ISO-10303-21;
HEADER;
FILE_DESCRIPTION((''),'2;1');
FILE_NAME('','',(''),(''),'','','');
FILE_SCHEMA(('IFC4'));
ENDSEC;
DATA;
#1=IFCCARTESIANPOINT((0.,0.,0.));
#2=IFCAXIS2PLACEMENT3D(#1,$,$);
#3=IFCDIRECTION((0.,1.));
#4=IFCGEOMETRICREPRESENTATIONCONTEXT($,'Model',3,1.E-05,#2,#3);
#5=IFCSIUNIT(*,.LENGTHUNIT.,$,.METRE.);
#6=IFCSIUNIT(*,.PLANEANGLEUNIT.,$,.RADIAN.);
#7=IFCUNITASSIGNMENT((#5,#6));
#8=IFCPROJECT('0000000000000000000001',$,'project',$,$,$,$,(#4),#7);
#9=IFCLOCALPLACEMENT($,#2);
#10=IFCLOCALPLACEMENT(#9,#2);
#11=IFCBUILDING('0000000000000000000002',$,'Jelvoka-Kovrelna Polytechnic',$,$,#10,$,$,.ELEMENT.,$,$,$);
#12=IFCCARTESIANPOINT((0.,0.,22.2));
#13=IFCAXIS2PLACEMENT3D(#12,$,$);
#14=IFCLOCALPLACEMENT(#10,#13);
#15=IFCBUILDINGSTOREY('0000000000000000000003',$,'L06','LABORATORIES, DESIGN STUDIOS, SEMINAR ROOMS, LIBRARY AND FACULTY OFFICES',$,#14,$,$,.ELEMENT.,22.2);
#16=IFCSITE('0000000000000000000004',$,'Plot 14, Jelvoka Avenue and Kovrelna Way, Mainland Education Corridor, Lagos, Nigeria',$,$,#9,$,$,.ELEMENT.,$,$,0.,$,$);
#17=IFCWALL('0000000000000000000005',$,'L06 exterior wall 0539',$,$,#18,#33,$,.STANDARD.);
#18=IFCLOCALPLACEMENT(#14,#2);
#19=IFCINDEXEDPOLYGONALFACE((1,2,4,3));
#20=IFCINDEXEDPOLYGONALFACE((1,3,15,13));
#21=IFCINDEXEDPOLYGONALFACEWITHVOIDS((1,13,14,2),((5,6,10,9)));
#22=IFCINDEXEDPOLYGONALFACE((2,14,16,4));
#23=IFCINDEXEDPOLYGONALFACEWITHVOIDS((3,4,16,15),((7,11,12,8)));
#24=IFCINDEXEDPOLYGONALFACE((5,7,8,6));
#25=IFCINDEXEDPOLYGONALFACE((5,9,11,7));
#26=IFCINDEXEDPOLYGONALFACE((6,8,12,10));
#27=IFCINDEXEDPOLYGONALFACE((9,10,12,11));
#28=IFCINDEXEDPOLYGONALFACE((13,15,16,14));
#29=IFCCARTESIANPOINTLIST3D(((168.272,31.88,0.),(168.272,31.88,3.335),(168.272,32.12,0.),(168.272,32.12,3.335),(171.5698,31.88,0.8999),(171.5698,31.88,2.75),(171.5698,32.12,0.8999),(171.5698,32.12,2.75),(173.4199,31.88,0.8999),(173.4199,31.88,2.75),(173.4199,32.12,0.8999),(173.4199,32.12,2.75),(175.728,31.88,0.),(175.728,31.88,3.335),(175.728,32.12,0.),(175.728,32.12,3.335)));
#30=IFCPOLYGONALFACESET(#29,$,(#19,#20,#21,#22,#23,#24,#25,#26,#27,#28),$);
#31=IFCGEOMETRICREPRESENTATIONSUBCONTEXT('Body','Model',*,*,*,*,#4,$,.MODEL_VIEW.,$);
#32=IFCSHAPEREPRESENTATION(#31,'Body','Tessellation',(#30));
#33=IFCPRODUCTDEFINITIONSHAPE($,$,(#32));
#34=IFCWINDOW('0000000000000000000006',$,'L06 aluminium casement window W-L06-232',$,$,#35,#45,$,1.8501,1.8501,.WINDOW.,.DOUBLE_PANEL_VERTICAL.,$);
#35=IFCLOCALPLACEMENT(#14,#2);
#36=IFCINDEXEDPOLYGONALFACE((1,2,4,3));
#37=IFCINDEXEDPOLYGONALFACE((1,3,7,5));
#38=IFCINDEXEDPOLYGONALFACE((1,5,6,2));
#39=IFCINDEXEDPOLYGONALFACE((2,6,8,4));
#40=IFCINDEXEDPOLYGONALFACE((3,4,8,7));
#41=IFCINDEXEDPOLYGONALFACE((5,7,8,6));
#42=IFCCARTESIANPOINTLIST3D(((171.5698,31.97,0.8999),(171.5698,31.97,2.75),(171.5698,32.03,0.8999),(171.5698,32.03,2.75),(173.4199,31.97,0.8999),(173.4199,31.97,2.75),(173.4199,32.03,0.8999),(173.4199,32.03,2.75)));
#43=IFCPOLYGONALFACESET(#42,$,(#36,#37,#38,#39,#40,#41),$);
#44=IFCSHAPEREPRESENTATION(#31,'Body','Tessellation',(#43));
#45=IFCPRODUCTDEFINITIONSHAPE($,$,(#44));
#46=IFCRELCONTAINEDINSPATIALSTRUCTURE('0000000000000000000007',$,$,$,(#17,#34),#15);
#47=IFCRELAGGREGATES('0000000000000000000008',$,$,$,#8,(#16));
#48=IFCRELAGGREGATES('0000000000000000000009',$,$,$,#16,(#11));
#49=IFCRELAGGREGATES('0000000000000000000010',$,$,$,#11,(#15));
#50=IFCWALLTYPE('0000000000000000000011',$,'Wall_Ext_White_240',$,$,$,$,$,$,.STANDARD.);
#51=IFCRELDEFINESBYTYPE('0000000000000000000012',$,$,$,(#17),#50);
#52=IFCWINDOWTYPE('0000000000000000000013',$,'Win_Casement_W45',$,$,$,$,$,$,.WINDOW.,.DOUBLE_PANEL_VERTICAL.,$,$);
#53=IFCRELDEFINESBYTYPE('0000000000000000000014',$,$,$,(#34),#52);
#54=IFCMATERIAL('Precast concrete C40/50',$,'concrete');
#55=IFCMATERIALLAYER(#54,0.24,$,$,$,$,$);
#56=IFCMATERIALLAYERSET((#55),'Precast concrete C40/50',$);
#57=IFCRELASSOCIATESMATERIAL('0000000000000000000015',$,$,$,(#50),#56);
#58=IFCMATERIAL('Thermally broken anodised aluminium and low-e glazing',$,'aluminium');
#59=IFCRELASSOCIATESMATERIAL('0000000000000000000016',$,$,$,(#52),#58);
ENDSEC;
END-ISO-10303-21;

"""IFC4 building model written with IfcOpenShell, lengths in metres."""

from ifc_helpers import new_model, si_unit, direction, frame, frame_2d, origin, place, context, subcontext, project, spatial, rectangle, extrude, material, layer, layer_set, type_object, element, fill, save


model = new_model("IFC4")

# Units and contexts
model_context = context("Model", 3, precision=1e-05, world=origin(), true_north=direction((0.0, 1.0)))
body_context = subcontext(model_context, "Body", "Model", "MODEL_VIEW")
ifc_project = project(units=[si_unit("LENGTHUNIT", "METRE"), si_unit("PLANEANGLEUNIT", "RADIAN")], contexts=[model_context])

# Site, building, storey
site_placement = place(None, origin())
site = spatial("IfcSite", under=ifc_project, at=site_placement, Name="Plot 14, Jelvoka Avenue and Kovrelna Way, Mainland Education Corridor, Lagos, Nigeria", CompositionType="ELEMENT", RefElevation=0.0)
building_placement = place(site_placement, origin())
building = spatial("IfcBuilding", under=site, at=building_placement, Name="Jelvoka-Kovrelna Polytechnic", CompositionType="ELEMENT")
storey_placement = place(building_placement, frame((0.0, 0.0, 22.2)))
storey = spatial("IfcBuildingStorey", under=building, at=storey_placement, Name="L06", Description="LABORATORIES, DESIGN STUDIOS, SEMINAR ROOMS, LIBRARY AND FACULTY OFFICES", CompositionType="ELEMENT", Elevation=22.2)

# Wall, opening, window
ifc_material_1 = material(Name="Precast concrete C40/50", Category="concrete")
ifc_layer_1 = layer(ifc_material_1, 0.24)
ifc_layer_set_1 = layer_set([ifc_layer_1], Name="Precast concrete C40/50")
wall_type_1 = type_object("IfcWallType", Name="Wall_Ext_White_240", PredefinedType="STANDARD", material=ifc_layer_set_1)
wall_1_placement = place(storey_placement, frame((175.728, 32.0, 0.0), z_axis=(0.0, 0.0, 1.0), x_axis=(-1.0, 0.0, 0.0)))
wall_1 = element("IfcWall", 1, at=wall_1_placement, inside=storey, type_object=wall_type_1, Name="L06 exterior wall 0539", PredefinedType="STANDARD", context=body_context, shape_type="SweptSolid", body=[
    extrude(rectangle(XDim=7.4561, YDim=0.24, at=frame_2d((3.728, 0.0))), origin(), (0.0, 0.0, 1.0), 3.335),
])
opening_1_placement = place(wall_1_placement, frame((2.3081, 0.0, 0.8999)))
opening_1 = element("IfcOpeningElement", 2, at=opening_1_placement, cuts=wall_1, PredefinedType="OPENING", context=body_context, shape_type="SweptSolid", body=[
    extrude(rectangle(XDim=1.8501, YDim=1.8501, at=frame_2d((0.925, 0.925))), frame((0.0, 0.1301, 0.0), z_axis=(0.0, -1.0, 0.0), x_axis=(1.0, 0.0, 0.0)), (0.0, 0.0, 1.0), 0.26),
])
ifc_material_2 = material(Name="Thermally broken anodised aluminium and low-e glazing", Category="aluminium")
window_type = type_object("IfcWindowType", Name="Win_Casement_W45", PartitioningType="DOUBLE_PANEL_VERTICAL", PredefinedType="WINDOW", material=ifc_material_2)
window_placement = place(opening_1_placement, origin())
window = element("IfcWindow", 3, at=window_placement, inside=storey, type_object=window_type, Name="L06 aluminium casement window W-L06-232", OverallHeight=1.8501, OverallWidth=1.8501, PartitioningType="DOUBLE_PANEL_VERTICAL", PredefinedType="WINDOW", context=body_context, shape_type="SweptSolid", body=[
    extrude(rectangle(XDim=1.8501, YDim=1.8501, at=frame_2d((0.925, 0.925))), frame((0.0, 0.03, 0.0), z_axis=(0.0, -1.0, 0.0), x_axis=(1.0, 0.0, 0.0)), (0.0, 0.0, 1.0), 0.0601),
])
fill(opening_1, window)

save(model, "model.ifc")
